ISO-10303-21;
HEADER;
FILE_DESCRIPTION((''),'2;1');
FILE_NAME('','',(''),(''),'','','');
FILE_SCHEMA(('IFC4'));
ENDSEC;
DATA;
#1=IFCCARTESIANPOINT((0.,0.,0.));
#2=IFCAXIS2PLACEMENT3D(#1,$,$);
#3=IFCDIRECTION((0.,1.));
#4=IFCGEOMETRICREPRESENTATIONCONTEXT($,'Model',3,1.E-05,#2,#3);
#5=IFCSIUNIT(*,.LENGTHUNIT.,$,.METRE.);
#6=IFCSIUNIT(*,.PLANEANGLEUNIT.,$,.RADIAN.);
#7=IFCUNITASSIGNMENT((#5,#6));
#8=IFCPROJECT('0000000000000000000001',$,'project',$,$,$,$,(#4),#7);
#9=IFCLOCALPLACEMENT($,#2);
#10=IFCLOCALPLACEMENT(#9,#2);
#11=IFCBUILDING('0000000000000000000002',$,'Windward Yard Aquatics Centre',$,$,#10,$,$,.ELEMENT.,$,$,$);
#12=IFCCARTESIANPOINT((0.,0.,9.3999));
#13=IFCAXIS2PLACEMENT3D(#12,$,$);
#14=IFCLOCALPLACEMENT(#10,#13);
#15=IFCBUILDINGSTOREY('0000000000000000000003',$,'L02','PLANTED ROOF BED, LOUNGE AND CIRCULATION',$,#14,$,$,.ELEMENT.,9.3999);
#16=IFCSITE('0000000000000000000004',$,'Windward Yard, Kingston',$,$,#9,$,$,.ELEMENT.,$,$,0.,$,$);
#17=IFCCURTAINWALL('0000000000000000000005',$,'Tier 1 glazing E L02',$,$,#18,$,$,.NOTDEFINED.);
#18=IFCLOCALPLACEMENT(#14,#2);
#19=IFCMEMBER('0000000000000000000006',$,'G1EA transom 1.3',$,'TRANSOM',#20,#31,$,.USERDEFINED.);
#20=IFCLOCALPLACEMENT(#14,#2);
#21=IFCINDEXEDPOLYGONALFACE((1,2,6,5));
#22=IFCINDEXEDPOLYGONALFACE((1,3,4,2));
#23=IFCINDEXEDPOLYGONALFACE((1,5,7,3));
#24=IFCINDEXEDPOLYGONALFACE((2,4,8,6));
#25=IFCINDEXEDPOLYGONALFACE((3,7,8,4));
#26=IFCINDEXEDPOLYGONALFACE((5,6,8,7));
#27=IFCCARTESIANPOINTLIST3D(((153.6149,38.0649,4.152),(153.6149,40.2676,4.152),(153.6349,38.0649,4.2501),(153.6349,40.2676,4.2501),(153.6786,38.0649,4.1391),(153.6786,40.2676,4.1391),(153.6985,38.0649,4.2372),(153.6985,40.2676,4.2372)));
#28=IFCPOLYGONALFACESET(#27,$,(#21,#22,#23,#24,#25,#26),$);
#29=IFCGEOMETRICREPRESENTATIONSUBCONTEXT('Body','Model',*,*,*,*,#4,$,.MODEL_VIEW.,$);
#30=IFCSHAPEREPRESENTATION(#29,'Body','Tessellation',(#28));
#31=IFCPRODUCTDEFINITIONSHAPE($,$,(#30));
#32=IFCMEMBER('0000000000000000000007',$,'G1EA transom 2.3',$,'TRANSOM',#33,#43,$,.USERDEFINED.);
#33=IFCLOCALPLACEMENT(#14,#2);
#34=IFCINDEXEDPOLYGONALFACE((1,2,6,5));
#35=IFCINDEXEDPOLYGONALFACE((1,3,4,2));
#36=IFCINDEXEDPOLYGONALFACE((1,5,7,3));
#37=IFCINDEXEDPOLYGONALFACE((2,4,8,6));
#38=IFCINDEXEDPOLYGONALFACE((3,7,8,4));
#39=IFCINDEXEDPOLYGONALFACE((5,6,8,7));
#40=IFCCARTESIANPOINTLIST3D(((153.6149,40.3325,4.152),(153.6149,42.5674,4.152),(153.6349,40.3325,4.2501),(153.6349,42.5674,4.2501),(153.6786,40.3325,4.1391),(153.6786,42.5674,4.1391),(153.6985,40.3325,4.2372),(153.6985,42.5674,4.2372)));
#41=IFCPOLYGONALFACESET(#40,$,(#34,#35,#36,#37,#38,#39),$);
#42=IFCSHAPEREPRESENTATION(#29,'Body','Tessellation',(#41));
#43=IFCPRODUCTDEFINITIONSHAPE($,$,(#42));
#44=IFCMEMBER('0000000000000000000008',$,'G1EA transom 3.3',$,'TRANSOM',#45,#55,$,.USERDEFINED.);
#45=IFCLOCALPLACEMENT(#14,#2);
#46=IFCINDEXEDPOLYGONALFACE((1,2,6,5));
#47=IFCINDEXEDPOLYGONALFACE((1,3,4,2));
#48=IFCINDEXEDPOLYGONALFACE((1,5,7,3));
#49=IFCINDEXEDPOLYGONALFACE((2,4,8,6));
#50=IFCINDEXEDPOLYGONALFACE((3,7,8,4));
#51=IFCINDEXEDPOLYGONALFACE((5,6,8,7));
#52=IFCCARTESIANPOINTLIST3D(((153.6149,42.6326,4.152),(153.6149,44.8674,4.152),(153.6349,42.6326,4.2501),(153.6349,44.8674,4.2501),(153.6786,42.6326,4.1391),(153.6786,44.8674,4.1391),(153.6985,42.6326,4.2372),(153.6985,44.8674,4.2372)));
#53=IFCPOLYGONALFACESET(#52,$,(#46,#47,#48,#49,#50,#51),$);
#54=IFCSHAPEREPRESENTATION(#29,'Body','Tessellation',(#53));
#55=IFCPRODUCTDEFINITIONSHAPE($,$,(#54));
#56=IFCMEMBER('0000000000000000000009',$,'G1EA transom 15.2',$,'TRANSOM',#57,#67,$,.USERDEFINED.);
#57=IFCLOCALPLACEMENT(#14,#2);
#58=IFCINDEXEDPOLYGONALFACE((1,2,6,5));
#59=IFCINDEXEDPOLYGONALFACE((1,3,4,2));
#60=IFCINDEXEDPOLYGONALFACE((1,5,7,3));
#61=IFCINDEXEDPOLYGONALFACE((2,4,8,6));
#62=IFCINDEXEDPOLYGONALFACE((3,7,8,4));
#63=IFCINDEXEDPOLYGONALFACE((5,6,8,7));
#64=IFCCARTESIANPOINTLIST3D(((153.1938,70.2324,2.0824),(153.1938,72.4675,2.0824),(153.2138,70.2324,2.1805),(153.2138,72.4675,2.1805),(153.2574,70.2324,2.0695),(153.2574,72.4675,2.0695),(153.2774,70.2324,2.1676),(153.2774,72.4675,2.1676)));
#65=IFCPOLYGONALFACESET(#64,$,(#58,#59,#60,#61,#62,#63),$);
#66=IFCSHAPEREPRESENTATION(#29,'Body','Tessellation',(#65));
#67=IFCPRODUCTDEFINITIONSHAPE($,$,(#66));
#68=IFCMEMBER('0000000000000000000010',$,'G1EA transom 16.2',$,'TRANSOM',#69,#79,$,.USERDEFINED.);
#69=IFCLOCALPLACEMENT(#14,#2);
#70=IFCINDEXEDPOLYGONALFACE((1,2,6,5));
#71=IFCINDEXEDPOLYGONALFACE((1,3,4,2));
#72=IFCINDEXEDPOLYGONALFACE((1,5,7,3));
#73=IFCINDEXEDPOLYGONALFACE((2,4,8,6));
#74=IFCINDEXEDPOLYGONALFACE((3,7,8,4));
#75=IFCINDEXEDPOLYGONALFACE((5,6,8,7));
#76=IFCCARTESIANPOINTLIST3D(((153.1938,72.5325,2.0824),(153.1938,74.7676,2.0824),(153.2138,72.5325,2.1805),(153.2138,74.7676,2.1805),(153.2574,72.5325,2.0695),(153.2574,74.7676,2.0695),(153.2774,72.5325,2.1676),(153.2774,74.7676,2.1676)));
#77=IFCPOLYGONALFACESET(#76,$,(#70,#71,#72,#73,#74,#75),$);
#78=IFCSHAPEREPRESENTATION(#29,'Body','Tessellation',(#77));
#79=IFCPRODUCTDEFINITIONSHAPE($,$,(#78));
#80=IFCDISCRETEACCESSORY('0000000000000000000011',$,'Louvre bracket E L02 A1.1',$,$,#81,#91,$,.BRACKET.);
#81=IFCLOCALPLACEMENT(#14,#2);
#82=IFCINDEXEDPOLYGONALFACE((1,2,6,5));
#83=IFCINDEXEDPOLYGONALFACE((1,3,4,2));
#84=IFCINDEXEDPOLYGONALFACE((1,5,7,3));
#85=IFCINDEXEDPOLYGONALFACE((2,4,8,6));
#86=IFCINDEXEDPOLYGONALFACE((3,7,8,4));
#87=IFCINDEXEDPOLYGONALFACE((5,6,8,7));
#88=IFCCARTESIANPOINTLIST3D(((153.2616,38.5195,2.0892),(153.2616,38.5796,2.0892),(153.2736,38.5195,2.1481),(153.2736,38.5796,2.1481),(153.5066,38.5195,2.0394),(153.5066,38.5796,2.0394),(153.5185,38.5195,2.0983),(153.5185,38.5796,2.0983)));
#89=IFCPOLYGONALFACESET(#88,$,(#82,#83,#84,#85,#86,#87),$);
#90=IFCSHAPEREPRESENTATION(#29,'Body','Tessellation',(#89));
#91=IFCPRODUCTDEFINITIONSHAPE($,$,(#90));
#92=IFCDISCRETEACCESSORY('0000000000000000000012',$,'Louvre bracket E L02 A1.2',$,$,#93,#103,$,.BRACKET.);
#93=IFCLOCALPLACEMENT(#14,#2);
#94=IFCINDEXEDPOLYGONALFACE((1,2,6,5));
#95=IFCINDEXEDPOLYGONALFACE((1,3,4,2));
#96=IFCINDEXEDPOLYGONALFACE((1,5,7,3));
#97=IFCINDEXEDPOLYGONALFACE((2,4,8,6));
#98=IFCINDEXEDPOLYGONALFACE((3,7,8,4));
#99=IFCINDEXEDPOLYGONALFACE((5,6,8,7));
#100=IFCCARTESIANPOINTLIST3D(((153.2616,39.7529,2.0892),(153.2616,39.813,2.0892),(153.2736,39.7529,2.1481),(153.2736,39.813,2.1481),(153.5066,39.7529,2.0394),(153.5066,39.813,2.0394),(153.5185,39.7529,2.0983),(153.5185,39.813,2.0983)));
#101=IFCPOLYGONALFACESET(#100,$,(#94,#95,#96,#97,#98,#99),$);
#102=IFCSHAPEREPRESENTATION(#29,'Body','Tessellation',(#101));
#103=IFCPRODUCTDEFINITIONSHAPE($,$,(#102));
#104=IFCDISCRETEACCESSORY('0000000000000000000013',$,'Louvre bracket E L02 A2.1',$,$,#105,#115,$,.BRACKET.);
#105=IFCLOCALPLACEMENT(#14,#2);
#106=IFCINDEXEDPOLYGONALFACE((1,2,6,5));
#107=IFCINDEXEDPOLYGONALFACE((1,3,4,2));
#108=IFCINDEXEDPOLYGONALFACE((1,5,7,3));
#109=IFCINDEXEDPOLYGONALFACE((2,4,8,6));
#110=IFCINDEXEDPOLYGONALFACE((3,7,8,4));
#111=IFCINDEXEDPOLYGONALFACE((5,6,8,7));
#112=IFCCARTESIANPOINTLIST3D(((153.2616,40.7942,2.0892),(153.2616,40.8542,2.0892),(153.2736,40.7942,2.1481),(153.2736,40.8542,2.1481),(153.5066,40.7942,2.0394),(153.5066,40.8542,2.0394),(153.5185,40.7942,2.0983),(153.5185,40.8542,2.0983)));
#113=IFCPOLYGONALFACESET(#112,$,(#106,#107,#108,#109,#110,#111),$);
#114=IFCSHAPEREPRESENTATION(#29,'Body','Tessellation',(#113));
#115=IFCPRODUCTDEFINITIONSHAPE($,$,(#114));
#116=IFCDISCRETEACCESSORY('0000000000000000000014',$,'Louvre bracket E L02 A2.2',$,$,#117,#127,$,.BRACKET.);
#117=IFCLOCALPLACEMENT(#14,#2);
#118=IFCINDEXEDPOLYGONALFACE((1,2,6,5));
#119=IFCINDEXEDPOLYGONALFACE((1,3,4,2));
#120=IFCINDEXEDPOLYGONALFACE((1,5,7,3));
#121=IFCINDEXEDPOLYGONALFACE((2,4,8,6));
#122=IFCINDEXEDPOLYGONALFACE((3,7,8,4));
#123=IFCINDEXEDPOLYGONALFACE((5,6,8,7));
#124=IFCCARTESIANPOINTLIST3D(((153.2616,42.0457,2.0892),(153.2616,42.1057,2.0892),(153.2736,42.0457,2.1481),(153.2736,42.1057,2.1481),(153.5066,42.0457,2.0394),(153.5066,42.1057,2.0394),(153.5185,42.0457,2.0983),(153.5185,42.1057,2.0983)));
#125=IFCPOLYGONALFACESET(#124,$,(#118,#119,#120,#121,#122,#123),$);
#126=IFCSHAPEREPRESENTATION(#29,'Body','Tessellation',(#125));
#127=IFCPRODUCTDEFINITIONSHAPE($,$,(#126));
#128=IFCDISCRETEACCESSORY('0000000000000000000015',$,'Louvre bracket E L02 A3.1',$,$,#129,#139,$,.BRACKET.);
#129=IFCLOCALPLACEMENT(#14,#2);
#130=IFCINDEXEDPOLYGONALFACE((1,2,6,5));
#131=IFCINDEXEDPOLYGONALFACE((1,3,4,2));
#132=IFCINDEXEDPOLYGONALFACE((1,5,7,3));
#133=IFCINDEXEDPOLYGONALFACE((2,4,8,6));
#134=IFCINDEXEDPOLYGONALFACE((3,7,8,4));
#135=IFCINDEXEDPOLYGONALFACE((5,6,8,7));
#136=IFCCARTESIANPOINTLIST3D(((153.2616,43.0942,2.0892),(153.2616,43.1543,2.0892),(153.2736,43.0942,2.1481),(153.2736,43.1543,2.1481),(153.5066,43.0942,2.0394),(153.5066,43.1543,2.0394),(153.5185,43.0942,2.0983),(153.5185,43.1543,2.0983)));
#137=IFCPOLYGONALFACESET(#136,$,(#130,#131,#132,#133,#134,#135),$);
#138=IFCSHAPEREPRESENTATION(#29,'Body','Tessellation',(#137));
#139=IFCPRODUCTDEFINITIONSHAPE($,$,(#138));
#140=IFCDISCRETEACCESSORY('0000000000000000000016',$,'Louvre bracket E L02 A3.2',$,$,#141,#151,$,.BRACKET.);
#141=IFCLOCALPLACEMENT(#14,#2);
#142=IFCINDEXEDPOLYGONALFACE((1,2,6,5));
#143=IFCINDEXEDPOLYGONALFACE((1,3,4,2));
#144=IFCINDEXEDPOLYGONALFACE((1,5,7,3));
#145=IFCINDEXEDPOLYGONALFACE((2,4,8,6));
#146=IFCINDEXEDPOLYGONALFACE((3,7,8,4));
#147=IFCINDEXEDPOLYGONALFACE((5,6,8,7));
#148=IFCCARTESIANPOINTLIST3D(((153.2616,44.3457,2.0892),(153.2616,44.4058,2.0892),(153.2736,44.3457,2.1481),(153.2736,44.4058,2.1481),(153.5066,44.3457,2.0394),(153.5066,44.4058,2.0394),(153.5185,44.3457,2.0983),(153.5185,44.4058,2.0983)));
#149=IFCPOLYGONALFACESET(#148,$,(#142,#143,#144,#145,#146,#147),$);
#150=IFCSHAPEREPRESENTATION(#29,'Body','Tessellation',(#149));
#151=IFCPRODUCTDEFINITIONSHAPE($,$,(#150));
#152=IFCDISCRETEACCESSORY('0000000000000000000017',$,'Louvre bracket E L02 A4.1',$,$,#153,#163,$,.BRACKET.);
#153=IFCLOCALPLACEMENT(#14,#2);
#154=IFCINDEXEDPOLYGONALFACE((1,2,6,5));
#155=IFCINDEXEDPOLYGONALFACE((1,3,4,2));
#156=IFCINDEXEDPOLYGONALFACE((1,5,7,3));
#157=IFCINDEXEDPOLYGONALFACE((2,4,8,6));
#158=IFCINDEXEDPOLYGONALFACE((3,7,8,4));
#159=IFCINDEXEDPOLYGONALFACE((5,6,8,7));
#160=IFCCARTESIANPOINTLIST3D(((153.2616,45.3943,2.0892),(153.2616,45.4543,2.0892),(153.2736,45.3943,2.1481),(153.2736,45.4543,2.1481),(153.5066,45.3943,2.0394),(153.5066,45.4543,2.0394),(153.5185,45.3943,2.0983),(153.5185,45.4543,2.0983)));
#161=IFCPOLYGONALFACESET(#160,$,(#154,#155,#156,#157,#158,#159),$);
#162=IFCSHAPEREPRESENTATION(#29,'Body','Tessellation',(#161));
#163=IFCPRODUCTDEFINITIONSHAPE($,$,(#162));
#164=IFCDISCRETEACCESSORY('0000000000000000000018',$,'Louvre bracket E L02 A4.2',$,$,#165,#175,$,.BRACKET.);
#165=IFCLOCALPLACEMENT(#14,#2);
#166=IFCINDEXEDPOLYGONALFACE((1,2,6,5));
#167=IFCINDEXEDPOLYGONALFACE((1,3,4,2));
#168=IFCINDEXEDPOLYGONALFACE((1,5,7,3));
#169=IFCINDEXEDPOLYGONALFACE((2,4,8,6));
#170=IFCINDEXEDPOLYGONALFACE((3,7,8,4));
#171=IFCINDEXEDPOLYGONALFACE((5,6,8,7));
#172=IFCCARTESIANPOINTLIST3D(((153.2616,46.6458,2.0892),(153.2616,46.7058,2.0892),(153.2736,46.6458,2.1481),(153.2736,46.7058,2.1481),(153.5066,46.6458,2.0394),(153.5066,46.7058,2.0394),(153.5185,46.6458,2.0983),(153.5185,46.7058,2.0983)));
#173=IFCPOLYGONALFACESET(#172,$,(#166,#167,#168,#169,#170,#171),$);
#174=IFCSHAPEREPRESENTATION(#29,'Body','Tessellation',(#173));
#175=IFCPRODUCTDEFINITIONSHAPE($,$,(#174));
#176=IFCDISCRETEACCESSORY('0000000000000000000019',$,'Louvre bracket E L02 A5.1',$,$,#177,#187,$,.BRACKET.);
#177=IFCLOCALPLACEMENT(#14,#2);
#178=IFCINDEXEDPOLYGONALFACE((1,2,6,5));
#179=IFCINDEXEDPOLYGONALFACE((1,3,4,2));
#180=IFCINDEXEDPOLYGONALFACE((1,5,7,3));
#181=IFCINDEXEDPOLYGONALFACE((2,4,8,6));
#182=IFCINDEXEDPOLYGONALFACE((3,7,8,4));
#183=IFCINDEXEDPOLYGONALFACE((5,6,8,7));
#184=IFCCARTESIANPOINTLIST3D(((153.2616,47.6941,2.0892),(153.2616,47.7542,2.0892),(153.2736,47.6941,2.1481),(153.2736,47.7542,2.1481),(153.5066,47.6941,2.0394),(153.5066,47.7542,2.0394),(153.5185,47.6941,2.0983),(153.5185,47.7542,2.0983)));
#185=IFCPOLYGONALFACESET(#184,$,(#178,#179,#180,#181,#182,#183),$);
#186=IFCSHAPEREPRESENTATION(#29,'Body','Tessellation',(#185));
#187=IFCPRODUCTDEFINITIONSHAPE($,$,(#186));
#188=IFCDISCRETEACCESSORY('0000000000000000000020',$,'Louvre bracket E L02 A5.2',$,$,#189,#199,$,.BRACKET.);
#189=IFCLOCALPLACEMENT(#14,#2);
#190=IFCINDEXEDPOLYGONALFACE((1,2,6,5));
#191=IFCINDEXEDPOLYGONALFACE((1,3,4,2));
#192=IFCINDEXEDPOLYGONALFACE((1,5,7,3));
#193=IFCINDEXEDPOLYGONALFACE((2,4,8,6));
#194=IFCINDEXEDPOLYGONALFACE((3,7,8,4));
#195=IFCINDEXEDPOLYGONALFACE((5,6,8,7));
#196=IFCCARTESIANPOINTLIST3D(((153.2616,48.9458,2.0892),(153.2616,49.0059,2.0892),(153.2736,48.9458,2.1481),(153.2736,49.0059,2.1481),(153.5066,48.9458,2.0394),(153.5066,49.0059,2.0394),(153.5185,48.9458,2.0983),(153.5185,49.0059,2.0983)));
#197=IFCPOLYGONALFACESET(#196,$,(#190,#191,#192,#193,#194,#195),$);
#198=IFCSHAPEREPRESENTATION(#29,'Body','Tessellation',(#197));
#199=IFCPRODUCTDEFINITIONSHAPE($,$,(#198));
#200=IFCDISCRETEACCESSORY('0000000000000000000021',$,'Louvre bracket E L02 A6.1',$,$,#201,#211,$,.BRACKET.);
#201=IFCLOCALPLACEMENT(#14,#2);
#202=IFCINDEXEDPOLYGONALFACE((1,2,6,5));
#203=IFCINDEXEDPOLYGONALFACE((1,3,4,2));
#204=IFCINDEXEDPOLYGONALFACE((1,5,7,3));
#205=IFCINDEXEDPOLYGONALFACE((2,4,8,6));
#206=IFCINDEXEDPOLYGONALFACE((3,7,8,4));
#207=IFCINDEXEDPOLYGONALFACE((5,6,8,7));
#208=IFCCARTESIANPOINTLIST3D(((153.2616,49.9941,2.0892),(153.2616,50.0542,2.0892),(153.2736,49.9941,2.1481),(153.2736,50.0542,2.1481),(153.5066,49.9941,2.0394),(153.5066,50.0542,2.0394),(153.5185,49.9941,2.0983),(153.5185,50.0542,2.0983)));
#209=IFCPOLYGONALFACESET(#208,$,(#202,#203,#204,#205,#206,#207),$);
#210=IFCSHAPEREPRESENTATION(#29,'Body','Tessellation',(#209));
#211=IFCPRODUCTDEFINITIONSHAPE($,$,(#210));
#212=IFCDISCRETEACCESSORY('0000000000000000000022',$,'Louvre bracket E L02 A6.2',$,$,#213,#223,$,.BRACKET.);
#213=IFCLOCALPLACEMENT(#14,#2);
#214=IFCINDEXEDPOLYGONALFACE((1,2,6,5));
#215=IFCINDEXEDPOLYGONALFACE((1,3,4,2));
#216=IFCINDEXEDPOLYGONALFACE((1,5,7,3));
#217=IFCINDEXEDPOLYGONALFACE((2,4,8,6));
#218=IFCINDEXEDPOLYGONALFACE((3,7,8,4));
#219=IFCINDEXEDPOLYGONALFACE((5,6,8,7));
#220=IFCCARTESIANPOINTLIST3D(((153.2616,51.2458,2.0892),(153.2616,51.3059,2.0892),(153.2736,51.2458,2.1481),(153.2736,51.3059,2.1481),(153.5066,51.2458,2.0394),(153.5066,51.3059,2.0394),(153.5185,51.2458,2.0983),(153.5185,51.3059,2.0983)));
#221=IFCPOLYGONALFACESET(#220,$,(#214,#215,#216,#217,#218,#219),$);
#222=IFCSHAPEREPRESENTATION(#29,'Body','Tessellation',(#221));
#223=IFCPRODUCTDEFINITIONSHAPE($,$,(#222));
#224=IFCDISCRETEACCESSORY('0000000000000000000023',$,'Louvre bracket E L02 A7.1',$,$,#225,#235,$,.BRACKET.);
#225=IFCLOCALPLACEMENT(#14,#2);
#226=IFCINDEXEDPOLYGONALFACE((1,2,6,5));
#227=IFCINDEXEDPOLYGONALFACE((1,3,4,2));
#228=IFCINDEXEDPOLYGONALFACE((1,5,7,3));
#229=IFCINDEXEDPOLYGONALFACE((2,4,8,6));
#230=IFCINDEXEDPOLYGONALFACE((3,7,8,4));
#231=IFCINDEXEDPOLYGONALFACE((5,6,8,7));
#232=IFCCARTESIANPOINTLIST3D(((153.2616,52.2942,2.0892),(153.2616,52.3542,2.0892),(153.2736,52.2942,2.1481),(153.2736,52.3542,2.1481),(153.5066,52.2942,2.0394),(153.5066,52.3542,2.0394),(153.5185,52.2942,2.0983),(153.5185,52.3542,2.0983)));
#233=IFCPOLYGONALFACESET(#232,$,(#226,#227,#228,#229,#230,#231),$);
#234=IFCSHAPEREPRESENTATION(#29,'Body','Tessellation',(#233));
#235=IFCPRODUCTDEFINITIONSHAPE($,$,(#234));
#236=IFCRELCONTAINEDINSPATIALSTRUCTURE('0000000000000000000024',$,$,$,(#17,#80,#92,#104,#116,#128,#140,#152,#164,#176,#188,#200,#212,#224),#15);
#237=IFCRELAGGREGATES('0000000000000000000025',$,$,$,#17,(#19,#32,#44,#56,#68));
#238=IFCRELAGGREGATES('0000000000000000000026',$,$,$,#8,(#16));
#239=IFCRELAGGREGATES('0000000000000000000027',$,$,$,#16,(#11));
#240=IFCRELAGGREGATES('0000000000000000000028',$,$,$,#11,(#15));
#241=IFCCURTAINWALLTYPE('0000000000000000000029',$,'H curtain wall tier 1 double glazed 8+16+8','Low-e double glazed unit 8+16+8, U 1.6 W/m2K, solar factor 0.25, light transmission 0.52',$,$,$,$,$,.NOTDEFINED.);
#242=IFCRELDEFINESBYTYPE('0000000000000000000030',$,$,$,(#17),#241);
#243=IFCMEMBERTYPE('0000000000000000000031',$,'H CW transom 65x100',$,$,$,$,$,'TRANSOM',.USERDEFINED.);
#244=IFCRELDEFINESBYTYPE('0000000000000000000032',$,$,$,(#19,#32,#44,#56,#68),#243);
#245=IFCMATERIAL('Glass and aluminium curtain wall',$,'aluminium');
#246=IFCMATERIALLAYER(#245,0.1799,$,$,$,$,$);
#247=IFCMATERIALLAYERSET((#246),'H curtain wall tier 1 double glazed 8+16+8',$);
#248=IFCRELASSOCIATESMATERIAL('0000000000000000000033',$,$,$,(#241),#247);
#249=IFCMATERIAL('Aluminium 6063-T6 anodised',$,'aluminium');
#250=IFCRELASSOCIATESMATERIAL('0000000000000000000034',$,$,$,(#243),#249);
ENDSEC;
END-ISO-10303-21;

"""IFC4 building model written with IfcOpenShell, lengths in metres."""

from ifc_helpers import new_model, si_unit, direction, frame, origin, origin_2d, place, context, subcontext, project, spatial, rectangle, extrude, material, layer, layer_set, material_profile, profile_set, type_object, element, aggregate, save


model = new_model("IFC4")

# Units and contexts
model_context = context("Model", 3, precision=1e-05, world=origin(), true_north=direction((0.0, 1.0)))
body_context = subcontext(model_context, "Body", "Model", "MODEL_VIEW")
ifc_project = project(units=[si_unit("LENGTHUNIT", "METRE"), si_unit("PLANEANGLEUNIT", "RADIAN")], contexts=[model_context])

# Site, building, storey
site_placement = place(None, origin())
site = spatial("IfcSite", under=ifc_project, at=site_placement, Name="Windward Yard, Kingston", CompositionType="ELEMENT", RefElevation=0.0)
building_placement = place(site_placement, origin())
building = spatial("IfcBuilding", under=site, at=building_placement, Name="Windward Yard Aquatics Centre", CompositionType="ELEMENT")
storey_placement = place(building_placement, frame((0.0, 0.0, 9.3999)))
storey = spatial("IfcBuildingStorey", under=building, at=storey_placement, Name="L02", Description="PLANTED ROOF BED, LOUNGE AND CIRCULATION", CompositionType="ELEMENT", Elevation=9.3999)

# Curtain wall, members
ifc_material_1 = material(Name="Glass and aluminium curtain wall", Category="aluminium")
ifc_layer = layer(ifc_material_1, 0.1799)
ifc_layer_set = layer_set([ifc_layer], Name="H curtain wall tier 1 double glazed 8+16+8")
curtain_wall_type = type_object("IfcCurtainWallType", Name="H curtain wall tier 1 double glazed 8+16+8", Description="Low-e double glazed unit 8+16+8, U 1.6 W/m2K, solar factor 0.25, light transmission 0.52", PredefinedType="NOTDEFINED", material=ifc_layer_set)
curtain_wall_placement = place(storey_placement, origin())
curtain_wall = element("IfcCurtainWall", 1, at=curtain_wall_placement, inside=storey, type_object=curtain_wall_type, Name="Tier 1 glazing E L02", PredefinedType="NOTDEFINED")
ifc_material_2 = material(Name="Aluminium 6063-T6 anodised", Category="aluminium")
ifc_material_profile = material_profile(ifc_material_2, rectangle(XDim=0.0649, YDim=0.1001, at=origin_2d()), Name="H CW transom 65x100")
ifc_profile_set = profile_set([ifc_material_profile], Name="Aluminium 6063-T6 anodised")
member_type = type_object("IfcMemberType", Name="H CW transom 65x100", ElementType="TRANSOM", PredefinedType="USERDEFINED", material=ifc_profile_set)
member_1_placement = place(storey_placement, frame((153.6567, 38.0649, 4.1946), z_axis=(0.0, 1.0, 0.0), x_axis=(-0.979925, 0.0, 0.199368)))
member_1 = element("IfcMember", 2, at=member_1_placement, type_object=member_type, Name="G1EA transom 1.3", ObjectType="TRANSOM", PredefinedType="USERDEFINED", context=body_context, shape_type="SweptSolid", body=[
    extrude(rectangle(XDim=0.0649, YDim=0.1001, at=origin_2d()), origin(), (0.0, 0.0, 1.0), 2.2026),
])
member_2_placement = place(storey_placement, frame((153.6567, 40.3325, 4.1946), z_axis=(0.0, 1.0, 0.0), x_axis=(-0.979925, 0.0, 0.199368)))
member_2 = element("IfcMember", 3, at=member_2_placement, type_object=member_type, Name="G1EA transom 2.3", ObjectType="TRANSOM", PredefinedType="USERDEFINED", context=body_context, shape_type="SweptSolid", body=[
    extrude(rectangle(XDim=0.0649, YDim=0.1001, at=origin_2d()), origin(), (0.0, 0.0, 1.0), 2.2349),
])
member_3_placement = place(storey_placement, frame((153.6567, 42.6326, 4.1946), z_axis=(0.0, 1.0, 0.0), x_axis=(-0.979925, 0.0, 0.199368)))
member_3 = element("IfcMember", 4, at=member_3_placement, type_object=member_type, Name="G1EA transom 3.3", ObjectType="TRANSOM", PredefinedType="USERDEFINED", context=body_context, shape_type="SweptSolid", body=[
    extrude(rectangle(XDim=0.0649, YDim=0.1001, at=origin_2d()), origin(), (0.0, 0.0, 1.0), 2.2349),
])
member_4_placement = place(storey_placement, frame((153.2356, 70.2324, 2.125), z_axis=(0.0, 1.0, 0.0), x_axis=(-0.979925, 0.0, 0.199368)))
member_4 = element("IfcMember", 5, at=member_4_placement, type_object=member_type, Name="G1EA transom 15.2", ObjectType="TRANSOM", PredefinedType="USERDEFINED", context=body_context, shape_type="SweptSolid", body=[
    extrude(rectangle(XDim=0.0649, YDim=0.1001, at=origin_2d()), origin(), (0.0, 0.0, 1.0), 2.2351),
])
member_5_placement = place(storey_placement, frame((153.2356, 72.5325, 2.125), z_axis=(0.0, 1.0, 0.0), x_axis=(-0.979925, 0.0, 0.199368)))
member_5 = element("IfcMember", 6, at=member_5_placement, type_object=member_type, Name="G1EA transom 16.2", ObjectType="TRANSOM", PredefinedType="USERDEFINED", context=body_context, shape_type="SweptSolid", body=[
    extrude(rectangle(XDim=0.0649, YDim=0.1001, at=origin_2d()), origin(), (0.0, 0.0, 1.0), 2.2351),
])
aggregate(curtain_wall, [member_1, member_2, member_3, member_4, member_5])

# Discrete accessories
for number, where, z_axis, x_axis, name in (
    (7, (153.2676, 38.5496, 2.1187), (0.979937, 0.0, -0.199309), (0.0, 1.0, 0.0), "Louvre bracket E L02 A1.1"),
    (8, (153.2676, 39.783, 2.1187), (0.979937, 0.0, -0.199309), (0.0, 1.0, 0.0), "Louvre bracket E L02 A1.2"),
    (9, (153.2676, 40.8242, 2.1187), (0.979937, 0.0, -0.199309), (0.0, 1.0, 0.0), "Louvre bracket E L02 A2.1"),
    (10, (153.2676, 42.0757, 2.1187), (0.979937, 0.0, -0.199309), (0.0, 1.0, 0.0), "Louvre bracket E L02 A2.2"),
    (11, (153.2676, 43.1243, 2.1187), (0.979937, 0.0, -0.199309), (0.0, 1.0, 0.0), "Louvre bracket E L02 A3.1"),
    (12, (153.2676, 44.3757, 2.1187), (0.979937, 0.0, -0.199309), (0.0, 1.0, 0.0), "Louvre bracket E L02 A3.2"),
    (13, (153.2676, 45.4243, 2.1187), (0.979937, 0.0, -0.199309), (0.0, 1.0, 0.0), "Louvre bracket E L02 A4.1"),
    (14, (153.2676, 46.6758, 2.1187), (0.979937, 0.0, -0.199309), (0.0, 1.0, 0.0), "Louvre bracket E L02 A4.2"),
    (15, (153.2676, 47.7241, 2.1187), (0.979937, 0.0, -0.199309), (0.0, 1.0, 0.0), "Louvre bracket E L02 A5.1"),
    (16, (153.2676, 48.9758, 2.1187), (0.979937, 0.0, -0.199309), (0.0, 1.0, 0.0), "Louvre bracket E L02 A5.2"),
    (17, (153.2676, 50.0242, 2.1187), (0.979937, 0.0, -0.199309), (0.0, 1.0, 0.0), "Louvre bracket E L02 A6.1"),
    (18, (153.2676, 51.2759, 2.1187), (0.979937, 0.0, -0.199309), (0.0, 1.0, 0.0), "Louvre bracket E L02 A6.2"),
    (19, (153.2676, 52.3242, 2.1187), (0.979937, 0.0, -0.199309), (0.0, 1.0, 0.0), "Louvre bracket E L02 A7.1"),
):
    element("IfcDiscreteAccessory", number, at=place(storey_placement, frame(where, z_axis=z_axis, x_axis=x_axis)), inside=storey, Name=name, PredefinedType="BRACKET", context=body_context, shape_type="SweptSolid", body=[
        extrude(rectangle(XDim=0.0601, YDim=0.0601, at=origin_2d()), origin(), (0.0, 0.0, 1.0), 0.25),
    ])

save(model, "model.ifc")
